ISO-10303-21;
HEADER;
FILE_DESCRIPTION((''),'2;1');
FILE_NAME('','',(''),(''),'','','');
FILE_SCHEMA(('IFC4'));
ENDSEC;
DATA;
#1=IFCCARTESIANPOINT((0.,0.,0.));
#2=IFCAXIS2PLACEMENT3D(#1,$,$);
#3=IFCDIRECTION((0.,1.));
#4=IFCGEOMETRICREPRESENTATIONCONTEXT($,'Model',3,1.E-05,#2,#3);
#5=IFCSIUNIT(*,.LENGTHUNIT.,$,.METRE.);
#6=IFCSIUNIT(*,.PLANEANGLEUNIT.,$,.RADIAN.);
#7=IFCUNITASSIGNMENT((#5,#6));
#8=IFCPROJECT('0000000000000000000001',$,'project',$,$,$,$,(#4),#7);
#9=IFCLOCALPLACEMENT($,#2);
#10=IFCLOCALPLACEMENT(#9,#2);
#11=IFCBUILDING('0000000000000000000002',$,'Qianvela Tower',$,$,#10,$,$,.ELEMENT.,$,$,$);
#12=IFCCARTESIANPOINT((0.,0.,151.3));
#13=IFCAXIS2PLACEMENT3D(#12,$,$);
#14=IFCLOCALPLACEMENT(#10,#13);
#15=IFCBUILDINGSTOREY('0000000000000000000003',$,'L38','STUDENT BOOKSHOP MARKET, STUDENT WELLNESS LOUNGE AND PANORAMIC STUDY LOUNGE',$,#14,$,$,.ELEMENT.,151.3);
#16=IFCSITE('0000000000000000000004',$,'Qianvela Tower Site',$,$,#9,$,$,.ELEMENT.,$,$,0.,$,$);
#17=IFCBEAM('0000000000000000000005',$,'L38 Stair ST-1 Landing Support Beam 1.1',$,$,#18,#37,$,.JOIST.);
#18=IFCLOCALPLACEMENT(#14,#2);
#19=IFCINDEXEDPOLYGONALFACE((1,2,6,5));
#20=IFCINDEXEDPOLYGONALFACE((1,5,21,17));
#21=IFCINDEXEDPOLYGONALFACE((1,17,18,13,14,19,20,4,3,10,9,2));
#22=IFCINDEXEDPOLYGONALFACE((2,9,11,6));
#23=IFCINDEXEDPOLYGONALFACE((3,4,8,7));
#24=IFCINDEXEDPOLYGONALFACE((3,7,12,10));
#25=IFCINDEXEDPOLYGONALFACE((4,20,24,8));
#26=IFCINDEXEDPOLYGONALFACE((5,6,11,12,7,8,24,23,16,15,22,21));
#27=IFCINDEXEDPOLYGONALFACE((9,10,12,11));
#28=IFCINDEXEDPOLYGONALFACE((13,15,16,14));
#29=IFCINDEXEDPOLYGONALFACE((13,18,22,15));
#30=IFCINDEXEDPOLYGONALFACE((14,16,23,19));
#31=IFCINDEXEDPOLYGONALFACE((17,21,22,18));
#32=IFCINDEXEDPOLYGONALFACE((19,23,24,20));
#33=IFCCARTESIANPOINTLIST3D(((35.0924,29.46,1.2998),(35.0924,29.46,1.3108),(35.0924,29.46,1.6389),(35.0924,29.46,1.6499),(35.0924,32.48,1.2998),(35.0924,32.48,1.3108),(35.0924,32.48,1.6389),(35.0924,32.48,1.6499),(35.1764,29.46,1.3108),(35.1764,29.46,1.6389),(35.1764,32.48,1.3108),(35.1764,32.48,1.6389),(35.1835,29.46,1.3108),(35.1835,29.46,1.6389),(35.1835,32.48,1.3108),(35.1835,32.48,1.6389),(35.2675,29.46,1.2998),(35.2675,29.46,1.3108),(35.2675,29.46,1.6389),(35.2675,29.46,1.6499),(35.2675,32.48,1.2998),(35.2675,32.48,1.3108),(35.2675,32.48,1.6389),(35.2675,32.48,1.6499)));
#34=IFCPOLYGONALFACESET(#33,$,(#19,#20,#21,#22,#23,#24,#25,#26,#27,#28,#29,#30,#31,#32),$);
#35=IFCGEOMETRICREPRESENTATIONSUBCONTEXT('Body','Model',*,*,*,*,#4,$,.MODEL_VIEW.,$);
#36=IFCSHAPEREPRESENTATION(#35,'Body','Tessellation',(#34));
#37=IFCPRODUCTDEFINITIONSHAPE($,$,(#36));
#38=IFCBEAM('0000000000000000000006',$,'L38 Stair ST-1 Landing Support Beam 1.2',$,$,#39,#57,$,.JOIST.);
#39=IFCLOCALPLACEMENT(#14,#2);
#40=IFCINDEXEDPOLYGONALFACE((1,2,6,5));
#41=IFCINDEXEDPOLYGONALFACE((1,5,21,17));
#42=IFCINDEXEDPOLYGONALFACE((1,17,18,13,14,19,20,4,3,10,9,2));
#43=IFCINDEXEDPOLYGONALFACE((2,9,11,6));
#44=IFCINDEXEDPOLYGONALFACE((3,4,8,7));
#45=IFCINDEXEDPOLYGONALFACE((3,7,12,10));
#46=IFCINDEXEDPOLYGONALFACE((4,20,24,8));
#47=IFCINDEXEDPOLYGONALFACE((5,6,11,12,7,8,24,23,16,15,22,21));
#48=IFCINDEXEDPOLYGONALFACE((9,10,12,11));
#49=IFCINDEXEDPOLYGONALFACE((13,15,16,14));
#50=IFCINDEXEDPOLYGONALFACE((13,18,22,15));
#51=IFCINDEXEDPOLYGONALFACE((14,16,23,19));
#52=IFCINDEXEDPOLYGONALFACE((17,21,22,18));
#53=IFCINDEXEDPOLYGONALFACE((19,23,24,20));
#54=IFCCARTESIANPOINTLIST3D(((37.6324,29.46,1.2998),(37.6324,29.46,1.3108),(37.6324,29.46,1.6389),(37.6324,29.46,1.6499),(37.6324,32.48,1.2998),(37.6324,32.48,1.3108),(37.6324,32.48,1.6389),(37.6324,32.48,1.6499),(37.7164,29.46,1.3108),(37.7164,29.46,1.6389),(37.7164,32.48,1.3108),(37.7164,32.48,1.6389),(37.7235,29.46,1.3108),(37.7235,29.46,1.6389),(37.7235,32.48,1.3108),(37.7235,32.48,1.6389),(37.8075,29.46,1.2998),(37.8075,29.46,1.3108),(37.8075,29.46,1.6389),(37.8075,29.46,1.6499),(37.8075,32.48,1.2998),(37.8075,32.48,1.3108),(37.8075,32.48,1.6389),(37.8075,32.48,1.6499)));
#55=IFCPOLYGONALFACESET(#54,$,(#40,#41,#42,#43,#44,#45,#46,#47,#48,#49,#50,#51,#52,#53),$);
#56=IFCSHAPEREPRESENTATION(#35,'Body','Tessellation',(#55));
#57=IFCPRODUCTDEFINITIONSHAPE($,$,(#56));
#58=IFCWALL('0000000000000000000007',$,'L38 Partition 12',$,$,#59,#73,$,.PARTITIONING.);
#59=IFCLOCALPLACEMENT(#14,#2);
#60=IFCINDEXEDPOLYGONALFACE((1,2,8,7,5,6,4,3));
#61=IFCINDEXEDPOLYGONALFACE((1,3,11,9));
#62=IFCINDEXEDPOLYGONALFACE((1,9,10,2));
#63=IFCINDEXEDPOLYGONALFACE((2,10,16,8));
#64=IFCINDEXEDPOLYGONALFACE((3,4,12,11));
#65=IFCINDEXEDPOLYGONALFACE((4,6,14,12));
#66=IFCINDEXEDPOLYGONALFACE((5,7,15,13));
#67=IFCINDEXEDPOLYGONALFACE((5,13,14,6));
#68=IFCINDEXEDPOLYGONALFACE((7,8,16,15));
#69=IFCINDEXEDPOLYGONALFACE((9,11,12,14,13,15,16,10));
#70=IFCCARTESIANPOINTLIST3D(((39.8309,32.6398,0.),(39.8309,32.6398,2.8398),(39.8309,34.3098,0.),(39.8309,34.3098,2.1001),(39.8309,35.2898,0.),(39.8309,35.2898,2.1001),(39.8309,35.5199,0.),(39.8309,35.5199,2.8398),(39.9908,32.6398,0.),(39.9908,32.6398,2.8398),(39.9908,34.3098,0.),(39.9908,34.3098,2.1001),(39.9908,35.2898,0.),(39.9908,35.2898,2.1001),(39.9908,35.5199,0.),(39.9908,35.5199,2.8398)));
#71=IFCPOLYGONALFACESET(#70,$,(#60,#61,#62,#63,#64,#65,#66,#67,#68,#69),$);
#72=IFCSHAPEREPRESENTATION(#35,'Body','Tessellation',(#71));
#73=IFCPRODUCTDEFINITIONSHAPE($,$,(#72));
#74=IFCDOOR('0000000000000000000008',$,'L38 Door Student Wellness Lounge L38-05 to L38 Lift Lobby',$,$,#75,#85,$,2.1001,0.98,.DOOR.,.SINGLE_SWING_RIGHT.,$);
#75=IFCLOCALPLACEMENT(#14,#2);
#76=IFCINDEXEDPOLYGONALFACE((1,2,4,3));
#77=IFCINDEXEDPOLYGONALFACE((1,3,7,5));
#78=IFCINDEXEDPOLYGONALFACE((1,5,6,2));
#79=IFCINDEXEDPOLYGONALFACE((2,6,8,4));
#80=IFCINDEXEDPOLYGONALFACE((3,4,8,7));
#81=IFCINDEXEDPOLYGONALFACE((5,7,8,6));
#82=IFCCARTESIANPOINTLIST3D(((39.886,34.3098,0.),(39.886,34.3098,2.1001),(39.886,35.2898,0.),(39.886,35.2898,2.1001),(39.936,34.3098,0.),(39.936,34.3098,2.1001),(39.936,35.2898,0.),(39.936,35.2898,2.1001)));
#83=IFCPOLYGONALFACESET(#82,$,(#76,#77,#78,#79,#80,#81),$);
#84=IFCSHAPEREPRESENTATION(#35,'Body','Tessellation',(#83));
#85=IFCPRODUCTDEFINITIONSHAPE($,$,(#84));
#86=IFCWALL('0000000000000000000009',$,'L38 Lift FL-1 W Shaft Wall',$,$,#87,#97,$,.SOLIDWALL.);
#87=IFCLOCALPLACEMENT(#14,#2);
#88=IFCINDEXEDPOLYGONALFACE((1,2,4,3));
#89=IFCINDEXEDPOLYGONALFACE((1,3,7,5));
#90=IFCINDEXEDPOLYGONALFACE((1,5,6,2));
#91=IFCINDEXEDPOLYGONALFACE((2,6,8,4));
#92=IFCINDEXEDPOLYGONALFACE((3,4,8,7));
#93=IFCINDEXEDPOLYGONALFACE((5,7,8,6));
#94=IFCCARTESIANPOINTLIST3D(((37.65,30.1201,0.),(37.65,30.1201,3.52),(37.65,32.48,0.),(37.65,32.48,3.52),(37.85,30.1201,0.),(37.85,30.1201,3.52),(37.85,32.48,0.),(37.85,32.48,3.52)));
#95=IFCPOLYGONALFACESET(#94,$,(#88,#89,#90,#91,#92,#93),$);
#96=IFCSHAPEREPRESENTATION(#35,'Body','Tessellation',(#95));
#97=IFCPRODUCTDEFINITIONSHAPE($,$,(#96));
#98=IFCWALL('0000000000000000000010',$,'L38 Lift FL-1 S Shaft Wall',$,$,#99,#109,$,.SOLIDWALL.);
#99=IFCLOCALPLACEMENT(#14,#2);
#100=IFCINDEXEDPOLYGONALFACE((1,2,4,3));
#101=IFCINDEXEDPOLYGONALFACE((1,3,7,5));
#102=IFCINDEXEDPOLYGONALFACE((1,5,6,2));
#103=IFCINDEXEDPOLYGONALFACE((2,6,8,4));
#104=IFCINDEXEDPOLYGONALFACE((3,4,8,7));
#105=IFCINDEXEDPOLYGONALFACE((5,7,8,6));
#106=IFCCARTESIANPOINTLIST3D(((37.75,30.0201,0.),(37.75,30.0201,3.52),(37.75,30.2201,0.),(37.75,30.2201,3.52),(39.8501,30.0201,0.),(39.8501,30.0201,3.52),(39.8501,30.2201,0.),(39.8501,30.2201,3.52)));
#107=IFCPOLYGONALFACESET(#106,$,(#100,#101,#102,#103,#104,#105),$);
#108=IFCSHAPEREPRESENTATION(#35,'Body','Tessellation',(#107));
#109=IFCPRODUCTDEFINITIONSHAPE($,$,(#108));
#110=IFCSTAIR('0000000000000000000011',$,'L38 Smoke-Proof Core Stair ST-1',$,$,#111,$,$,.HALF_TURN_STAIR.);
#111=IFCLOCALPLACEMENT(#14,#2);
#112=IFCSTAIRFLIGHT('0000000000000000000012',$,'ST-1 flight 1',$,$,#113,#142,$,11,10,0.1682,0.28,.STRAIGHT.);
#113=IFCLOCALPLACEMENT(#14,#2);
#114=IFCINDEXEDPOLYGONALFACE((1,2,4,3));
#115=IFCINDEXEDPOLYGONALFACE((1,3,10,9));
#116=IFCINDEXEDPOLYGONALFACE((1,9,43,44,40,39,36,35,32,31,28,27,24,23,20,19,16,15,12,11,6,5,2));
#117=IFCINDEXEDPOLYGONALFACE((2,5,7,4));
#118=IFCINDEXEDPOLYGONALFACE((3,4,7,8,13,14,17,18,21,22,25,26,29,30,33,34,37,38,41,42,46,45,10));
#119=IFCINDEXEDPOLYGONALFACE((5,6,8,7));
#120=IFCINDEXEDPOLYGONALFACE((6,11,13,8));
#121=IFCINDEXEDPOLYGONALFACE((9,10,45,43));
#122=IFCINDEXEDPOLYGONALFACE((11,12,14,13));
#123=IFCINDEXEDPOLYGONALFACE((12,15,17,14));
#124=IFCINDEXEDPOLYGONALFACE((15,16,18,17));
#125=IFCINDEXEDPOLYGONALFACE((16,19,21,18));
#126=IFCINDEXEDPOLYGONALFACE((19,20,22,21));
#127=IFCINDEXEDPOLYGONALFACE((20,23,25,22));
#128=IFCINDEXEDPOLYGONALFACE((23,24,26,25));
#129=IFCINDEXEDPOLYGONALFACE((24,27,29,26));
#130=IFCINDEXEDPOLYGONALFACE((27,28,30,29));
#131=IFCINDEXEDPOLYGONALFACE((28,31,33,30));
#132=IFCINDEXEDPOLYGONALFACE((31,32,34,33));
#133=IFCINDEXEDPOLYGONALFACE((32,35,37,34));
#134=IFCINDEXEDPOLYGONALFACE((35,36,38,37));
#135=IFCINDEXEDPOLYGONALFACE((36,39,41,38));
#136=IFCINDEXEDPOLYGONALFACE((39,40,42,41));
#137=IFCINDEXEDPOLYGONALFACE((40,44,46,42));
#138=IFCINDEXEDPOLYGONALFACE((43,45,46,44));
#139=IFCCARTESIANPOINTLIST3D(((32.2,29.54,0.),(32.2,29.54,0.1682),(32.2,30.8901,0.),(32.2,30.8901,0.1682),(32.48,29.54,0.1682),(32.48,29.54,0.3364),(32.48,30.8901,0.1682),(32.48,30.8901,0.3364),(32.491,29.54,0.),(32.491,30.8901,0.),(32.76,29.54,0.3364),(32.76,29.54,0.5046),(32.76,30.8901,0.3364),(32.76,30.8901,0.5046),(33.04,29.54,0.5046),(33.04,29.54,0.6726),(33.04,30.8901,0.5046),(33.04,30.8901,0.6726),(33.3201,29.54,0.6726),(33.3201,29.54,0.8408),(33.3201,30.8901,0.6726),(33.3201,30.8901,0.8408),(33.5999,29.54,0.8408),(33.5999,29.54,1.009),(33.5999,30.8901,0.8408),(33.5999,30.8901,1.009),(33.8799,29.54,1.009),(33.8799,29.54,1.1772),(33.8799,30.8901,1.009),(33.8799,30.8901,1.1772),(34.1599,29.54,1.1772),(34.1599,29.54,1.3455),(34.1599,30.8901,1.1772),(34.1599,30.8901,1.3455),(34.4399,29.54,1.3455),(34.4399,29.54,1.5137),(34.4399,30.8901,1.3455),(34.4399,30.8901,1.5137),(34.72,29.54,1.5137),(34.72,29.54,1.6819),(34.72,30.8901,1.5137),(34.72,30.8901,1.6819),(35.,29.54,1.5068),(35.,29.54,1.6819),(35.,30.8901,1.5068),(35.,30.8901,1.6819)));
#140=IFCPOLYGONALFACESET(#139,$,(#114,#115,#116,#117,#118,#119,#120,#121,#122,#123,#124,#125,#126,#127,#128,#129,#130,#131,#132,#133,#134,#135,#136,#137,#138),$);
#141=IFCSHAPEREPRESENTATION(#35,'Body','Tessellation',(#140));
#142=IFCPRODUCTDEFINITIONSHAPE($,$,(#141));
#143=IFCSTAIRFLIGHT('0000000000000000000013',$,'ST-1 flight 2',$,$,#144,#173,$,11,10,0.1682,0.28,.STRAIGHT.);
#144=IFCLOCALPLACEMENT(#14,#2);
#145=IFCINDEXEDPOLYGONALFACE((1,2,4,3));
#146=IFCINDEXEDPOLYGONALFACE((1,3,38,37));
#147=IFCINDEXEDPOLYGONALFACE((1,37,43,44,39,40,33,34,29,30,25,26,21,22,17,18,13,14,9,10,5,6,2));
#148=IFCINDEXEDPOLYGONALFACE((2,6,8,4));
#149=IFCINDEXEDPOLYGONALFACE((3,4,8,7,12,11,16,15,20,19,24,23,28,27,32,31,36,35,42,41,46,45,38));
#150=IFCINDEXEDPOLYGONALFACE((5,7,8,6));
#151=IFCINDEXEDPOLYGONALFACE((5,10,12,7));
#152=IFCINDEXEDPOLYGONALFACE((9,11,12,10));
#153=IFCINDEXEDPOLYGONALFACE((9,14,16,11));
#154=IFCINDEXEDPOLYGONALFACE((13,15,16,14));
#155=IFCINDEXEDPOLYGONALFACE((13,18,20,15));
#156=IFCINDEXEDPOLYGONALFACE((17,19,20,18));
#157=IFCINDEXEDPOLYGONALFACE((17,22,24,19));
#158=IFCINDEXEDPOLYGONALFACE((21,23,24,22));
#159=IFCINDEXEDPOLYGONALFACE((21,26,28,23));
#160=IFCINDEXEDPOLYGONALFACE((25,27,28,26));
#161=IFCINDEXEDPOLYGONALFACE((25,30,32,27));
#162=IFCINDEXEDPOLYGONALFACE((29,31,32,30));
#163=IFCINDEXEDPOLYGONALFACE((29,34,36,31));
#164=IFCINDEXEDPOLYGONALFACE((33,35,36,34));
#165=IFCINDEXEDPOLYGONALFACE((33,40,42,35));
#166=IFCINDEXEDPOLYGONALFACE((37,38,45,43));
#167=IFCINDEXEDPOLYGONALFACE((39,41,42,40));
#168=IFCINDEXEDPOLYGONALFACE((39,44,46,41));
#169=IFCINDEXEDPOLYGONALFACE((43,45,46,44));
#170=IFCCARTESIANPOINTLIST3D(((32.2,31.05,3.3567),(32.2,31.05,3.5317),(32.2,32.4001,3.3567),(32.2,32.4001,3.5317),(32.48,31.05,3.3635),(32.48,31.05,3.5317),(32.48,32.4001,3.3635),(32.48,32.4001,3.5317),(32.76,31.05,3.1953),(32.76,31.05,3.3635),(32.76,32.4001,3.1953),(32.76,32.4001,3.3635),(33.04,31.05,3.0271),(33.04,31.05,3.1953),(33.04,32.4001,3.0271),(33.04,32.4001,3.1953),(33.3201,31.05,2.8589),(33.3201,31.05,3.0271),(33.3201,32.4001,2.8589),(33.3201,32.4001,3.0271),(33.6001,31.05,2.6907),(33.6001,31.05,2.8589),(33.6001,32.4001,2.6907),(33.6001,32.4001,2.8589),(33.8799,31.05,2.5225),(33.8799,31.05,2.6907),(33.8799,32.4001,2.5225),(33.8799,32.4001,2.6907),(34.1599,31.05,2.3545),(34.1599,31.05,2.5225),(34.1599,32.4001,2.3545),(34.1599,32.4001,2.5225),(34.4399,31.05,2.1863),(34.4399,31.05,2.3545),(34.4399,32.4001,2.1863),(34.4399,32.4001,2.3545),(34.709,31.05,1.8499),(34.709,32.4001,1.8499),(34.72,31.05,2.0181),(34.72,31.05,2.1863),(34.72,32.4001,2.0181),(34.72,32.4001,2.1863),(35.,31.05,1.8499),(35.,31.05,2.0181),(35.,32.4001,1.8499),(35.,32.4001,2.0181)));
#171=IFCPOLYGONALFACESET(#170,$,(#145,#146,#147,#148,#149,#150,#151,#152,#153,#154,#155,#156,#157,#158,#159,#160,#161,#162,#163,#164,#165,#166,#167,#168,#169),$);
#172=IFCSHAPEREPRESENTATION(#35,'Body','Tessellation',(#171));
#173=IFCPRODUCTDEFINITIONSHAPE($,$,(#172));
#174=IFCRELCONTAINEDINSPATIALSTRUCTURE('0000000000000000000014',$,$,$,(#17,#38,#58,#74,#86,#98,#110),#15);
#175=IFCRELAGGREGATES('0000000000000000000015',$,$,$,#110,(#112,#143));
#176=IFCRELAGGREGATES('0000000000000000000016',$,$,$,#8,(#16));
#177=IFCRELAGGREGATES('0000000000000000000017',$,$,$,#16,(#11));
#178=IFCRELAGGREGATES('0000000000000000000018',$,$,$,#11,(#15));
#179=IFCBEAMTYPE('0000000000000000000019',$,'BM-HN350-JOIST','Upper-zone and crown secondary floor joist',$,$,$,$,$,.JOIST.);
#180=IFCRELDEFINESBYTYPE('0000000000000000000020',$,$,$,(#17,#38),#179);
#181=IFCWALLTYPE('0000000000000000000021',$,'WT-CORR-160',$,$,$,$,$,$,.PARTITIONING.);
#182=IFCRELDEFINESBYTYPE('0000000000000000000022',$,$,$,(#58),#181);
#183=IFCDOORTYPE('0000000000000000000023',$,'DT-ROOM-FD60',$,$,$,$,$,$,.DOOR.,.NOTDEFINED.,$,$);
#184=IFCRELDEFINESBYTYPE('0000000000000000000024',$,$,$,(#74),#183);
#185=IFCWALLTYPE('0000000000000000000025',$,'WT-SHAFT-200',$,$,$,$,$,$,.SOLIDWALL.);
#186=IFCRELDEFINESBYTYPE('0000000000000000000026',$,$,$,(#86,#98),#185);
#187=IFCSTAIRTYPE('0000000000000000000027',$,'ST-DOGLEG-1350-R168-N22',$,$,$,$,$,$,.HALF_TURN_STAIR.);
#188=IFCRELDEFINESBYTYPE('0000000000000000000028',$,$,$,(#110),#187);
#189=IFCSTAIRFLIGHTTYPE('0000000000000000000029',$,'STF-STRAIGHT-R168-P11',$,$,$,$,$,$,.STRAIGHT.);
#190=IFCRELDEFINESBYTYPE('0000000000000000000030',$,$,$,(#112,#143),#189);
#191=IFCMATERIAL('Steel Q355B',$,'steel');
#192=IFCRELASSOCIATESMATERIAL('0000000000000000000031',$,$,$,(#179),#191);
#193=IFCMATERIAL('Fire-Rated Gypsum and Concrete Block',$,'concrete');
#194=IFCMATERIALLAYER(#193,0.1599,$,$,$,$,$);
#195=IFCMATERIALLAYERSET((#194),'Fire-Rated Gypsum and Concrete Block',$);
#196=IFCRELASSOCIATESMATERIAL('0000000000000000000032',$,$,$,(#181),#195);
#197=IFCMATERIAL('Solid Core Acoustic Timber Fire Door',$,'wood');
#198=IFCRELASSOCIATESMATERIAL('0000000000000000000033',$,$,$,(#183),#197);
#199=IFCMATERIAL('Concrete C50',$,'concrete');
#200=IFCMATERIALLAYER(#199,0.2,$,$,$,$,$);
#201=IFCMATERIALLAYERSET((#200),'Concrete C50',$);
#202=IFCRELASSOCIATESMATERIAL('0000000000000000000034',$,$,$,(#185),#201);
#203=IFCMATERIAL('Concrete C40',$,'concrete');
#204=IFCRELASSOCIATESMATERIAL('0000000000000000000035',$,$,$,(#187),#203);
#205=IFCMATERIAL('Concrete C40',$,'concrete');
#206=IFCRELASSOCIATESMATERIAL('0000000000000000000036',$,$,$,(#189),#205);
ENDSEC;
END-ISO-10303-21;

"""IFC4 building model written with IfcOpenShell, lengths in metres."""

from ifc_helpers import new_model, si_unit, direction, frame, frame_2d, origin, origin_2d, place, context, subcontext, project, spatial, polyline, rectangle, i_section, outline, extrude, material, layer, layer_set, material_profile, profile_set, type_object, element, fill, aggregate, save


model = new_model("IFC4")

# Units and contexts
model_context = context("Model", 3, precision=1e-05, world=origin(), true_north=direction((0.0, 1.0)))
body_context = subcontext(model_context, "Body", "Model", "MODEL_VIEW")
ifc_project = project(units=[si_unit("LENGTHUNIT", "METRE"), si_unit("PLANEANGLEUNIT", "RADIAN")], contexts=[model_context])

# Site, building, storey
site_placement = place(None, origin())
site = spatial("IfcSite", under=ifc_project, at=site_placement, Name="Qianvela Tower Site", CompositionType="ELEMENT", RefElevation=0.0)
building_placement = place(site_placement, origin())
building = spatial("IfcBuilding", under=site, at=building_placement, Name="Qianvela Tower", CompositionType="ELEMENT")
storey_placement = place(building_placement, frame((0.0, 0.0, 151.3)))
storey = spatial("IfcBuildingStorey", under=building, at=storey_placement, Name="L38", Description="STUDENT BOOKSHOP MARKET, STUDENT WELLNESS LOUNGE AND PANORAMIC STUDY LOUNGE", CompositionType="ELEMENT", Elevation=151.3)

# Beams
ifc_material_1 = material(Name="Steel Q355B", Category="steel")
ifc_material_profile = material_profile(ifc_material_1, i_section(OverallWidth=0.175, OverallDepth=0.3501, WebThickness=0.0071, FlangeThickness=0.011, at=origin_2d()), Name="HN350x175x7x11")
ifc_profile_set = profile_set([ifc_material_profile], Name="Steel Q355B")
beam_type = type_object("IfcBeamType", Name="BM-HN350-JOIST", Description="Upper-zone and crown secondary floor joist", PredefinedType="JOIST", material=ifc_profile_set)
for number, where, z_axis, x_axis, name in (
    (1, (35.1799, 29.46, 1.4749), (0.0, 1.0, 0.0), (-1.0, 0.0, 0.0), "L38 Stair ST-1 Landing Support Beam 1.1"),
    (2, (37.72, 29.46, 1.4749), (0.0, 1.0, 0.0), (-1.0, 0.0, 0.0), "L38 Stair ST-1 Landing Support Beam 1.2"),
):
    element("IfcBeam", number, at=place(storey_placement, frame(where, z_axis=z_axis, x_axis=x_axis)), inside=storey, type_object=beam_type, Name=name, PredefinedType="JOIST", context=body_context, shape_type="SweptSolid", body=[
        extrude(i_section(OverallWidth=0.175, OverallDepth=0.3501, WebThickness=0.0071, FlangeThickness=0.011, at=origin_2d()), origin(), (0.0, 0.0, 1.0), 3.02),
    ])

# Wall, opening, door
ifc_material_2 = material(Name="Fire-Rated Gypsum and Concrete Block", Category="concrete")
ifc_layer_1 = layer(ifc_material_2, 0.1599)
ifc_layer_set_1 = layer_set([ifc_layer_1], Name="Fire-Rated Gypsum and Concrete Block")
wall_type_1 = type_object("IfcWallType", Name="WT-CORR-160", PredefinedType="PARTITIONING", material=ifc_layer_set_1)
wall_1_placement = place(storey_placement, frame((39.9109, 32.6399, 0.0), z_axis=(0.0, 0.0, 1.0), x_axis=(0.0, 1.0, 0.0)))
wall_1 = element("IfcWall", 3, at=wall_1_placement, inside=storey, type_object=wall_type_1, Name="L38 Partition 12", PredefinedType="PARTITIONING", context=body_context, shape_type="SweptSolid", body=[
    extrude(rectangle(XDim=2.8801, YDim=0.1599, at=frame_2d((1.4399, 0.0))), origin(), (0.0, 0.0, 1.0), 2.8398),
])
opening_1_placement = place(wall_1_placement, frame((1.6699, 0.0, 0.0)))
opening_1 = element("IfcOpeningElement", 4, at=opening_1_placement, cuts=wall_1, PredefinedType="OPENING", context=body_context, shape_type="SweptSolid", body=[
    extrude(rectangle(XDim=0.98, YDim=2.1001, at=frame_2d((0.49, 1.05))), frame((0.0, 0.0898, 0.0), z_axis=(0.0, -1.0, 0.0), x_axis=(1.0, 0.0, 0.0)), (0.0, 0.0, 1.0), 0.1799),
])
ifc_material_3 = material(Name="Solid Core Acoustic Timber Fire Door", Category="wood")
door_type_1 = type_object("IfcDoorType", Name="DT-ROOM-FD60", OperationType="NOTDEFINED", PredefinedType="DOOR", material=ifc_material_3)
door_1_placement = place(opening_1_placement, origin())
door_1 = element("IfcDoor", 5, at=door_1_placement, inside=storey, type_object=door_type_1, Name="L38 Door Student Wellness Lounge L38-05 to L38 Lift Lobby", OperationType="SINGLE_SWING_RIGHT", OverallHeight=2.1001, OverallWidth=0.98, PredefinedType="DOOR", context=body_context, shape_type="SweptSolid", body=[
    extrude(rectangle(XDim=0.98, YDim=2.1001, at=frame_2d((0.49, 1.05))), frame((0.0, 0.0249, 0.0), z_axis=(0.0, -1.0, 0.0), x_axis=(1.0, 0.0, 0.0)), (0.0, 0.0, 1.0), 0.05),
])
fill(opening_1, door_1)
ifc_material_4 = material(Name="Concrete C50", Category="concrete")
ifc_layer_2 = layer(ifc_material_4, 0.2)
ifc_layer_set_2 = layer_set([ifc_layer_2], Name="Concrete C50")
wall_type_2 = type_object("IfcWallType", Name="WT-SHAFT-200", PredefinedType="SOLIDWALL", material=ifc_layer_set_2)

# Walls
wall_2_placement = place(storey_placement, frame((37.75, 30.1201, 0.0), z_axis=(0.0, 0.0, 1.0), x_axis=(0.0, 1.0, 0.0)))
element("IfcWall", 6, at=wall_2_placement, inside=storey, type_object=wall_type_2, Name="L38 Lift FL-1 W Shaft Wall", PredefinedType="SOLIDWALL", context=body_context, shape_type="SweptSolid", body=[
    extrude(rectangle(XDim=2.3599, YDim=0.2, at=frame_2d((1.1799, 0.0))), origin(), (0.0, 0.0, 1.0), 3.52),
])
wall_3_placement = place(storey_placement, frame((37.75, 30.1201, 0.0), z_axis=(0.0, 0.0, 1.0), x_axis=(1.0, 0.0, 0.0)))
element("IfcWall", 7, at=wall_3_placement, inside=storey, type_object=wall_type_2, Name="L38 Lift FL-1 S Shaft Wall", PredefinedType="SOLIDWALL", context=body_context, shape_type="SweptSolid", body=[
    extrude(rectangle(XDim=2.1001, YDim=0.2, at=frame_2d((1.05, 0.0))), origin(), (0.0, 0.0, 1.0), 3.52),
])

# Stair, stair flights
ifc_material_5 = material(Name="Concrete C40", Category="concrete")
stair_type = type_object("IfcStairType", Name="ST-DOGLEG-1350-R168-N22", PredefinedType="HALF_TURN_STAIR", material=ifc_material_5)
stair_placement = place(storey_placement, origin())
stair = element("IfcStair", 8, at=stair_placement, inside=storey, type_object=stair_type, Name="L38 Smoke-Proof Core Stair ST-1", PredefinedType="HALF_TURN_STAIR")
ifc_material_6 = material(Name="Concrete C40", Category="concrete")
stair_flight_type = type_object("IfcStairFlightType", Name="STF-STRAIGHT-R168-P11", PredefinedType="STRAIGHT", material=ifc_material_6)
stair_flight_1_placement = place(storey_placement, frame((32.2, 30.2151, 0.0), z_axis=(0.0, 0.0, 1.0), x_axis=(1.0, 0.0, 0.0)))
stair_flight_1 = element("IfcStairFlight", 9, at=stair_flight_1_placement, type_object=stair_flight_type, Name="ST-1 flight 1", NumberOfRisers=11, NumberOfTreads=10, PredefinedType="STRAIGHT", RiserHeight=0.1682, TreadLength=0.28, context=body_context, shape_type="SweptSolid", body=[
    extrude(outline(polyline([(0.0, 0.0), (0.0, 0.1682), (0.28, 0.1682), (0.28, 0.3364), (0.5601, 0.3364), (0.5601, 0.5046), (0.8401, 0.5046), (0.8401, 0.6726), (1.1201, 0.6726), (1.1201, 0.8408), (1.3999, 0.8408), (1.3999, 1.009), (1.6799, 1.009), (1.6799, 1.1772), (1.96, 1.1772), (1.96, 1.3455), (2.24, 1.3455), (2.24, 1.5137), (2.52, 1.5137), (2.52, 1.6819), (2.8, 1.6819), (2.8, 1.8501), (2.8, 1.5068), (0.291, 0.0), (0.0, 0.0)])), frame((0.0, 0.675, 0.0), z_axis=(0.0, -1.0, 0.0), x_axis=(1.0, 0.0, 0.0)), (0.0, 0.0, 1.0), 1.3501),
])
stair_flight_2_placement = place(storey_placement, frame((35.0, 31.7251, 1.8499), z_axis=(0.0, 0.0, 1.0), x_axis=(-1.0, 0.0, 0.0)))
stair_flight_2 = element("IfcStairFlight", 10, at=stair_flight_2_placement, type_object=stair_flight_type, Name="ST-1 flight 2", NumberOfRisers=11, NumberOfTreads=10, PredefinedType="STRAIGHT", RiserHeight=0.1682, TreadLength=0.28, context=body_context, shape_type="SweptSolid", body=[
    extrude(outline(polyline([(0.0, 0.0), (0.0, 0.1682), (0.28, 0.1682), (0.28, 0.3364), (0.5601, 0.3364), (0.5601, 0.5046), (0.8401, 0.5046), (0.8401, 0.6726), (1.1201, 0.6726), (1.1201, 0.8408), (1.3999, 0.8408), (1.3999, 1.009), (1.6799, 1.009), (1.6799, 1.1772), (1.96, 1.1772), (1.96, 1.3455), (2.24, 1.3455), (2.24, 1.5137), (2.52, 1.5137), (2.52, 1.6819), (2.8, 1.6819), (2.8, 1.8501), (2.8, 1.5068), (0.291, 0.0), (0.0, 0.0)])), frame((0.0, 0.675, 0.0), z_axis=(0.0, -1.0, 0.0), x_axis=(1.0, 0.0, 0.0)), (0.0, 0.0, 1.0), 1.3501),
])
aggregate(stair, [stair_flight_1, stair_flight_2])

save(model, "model.ifc")
